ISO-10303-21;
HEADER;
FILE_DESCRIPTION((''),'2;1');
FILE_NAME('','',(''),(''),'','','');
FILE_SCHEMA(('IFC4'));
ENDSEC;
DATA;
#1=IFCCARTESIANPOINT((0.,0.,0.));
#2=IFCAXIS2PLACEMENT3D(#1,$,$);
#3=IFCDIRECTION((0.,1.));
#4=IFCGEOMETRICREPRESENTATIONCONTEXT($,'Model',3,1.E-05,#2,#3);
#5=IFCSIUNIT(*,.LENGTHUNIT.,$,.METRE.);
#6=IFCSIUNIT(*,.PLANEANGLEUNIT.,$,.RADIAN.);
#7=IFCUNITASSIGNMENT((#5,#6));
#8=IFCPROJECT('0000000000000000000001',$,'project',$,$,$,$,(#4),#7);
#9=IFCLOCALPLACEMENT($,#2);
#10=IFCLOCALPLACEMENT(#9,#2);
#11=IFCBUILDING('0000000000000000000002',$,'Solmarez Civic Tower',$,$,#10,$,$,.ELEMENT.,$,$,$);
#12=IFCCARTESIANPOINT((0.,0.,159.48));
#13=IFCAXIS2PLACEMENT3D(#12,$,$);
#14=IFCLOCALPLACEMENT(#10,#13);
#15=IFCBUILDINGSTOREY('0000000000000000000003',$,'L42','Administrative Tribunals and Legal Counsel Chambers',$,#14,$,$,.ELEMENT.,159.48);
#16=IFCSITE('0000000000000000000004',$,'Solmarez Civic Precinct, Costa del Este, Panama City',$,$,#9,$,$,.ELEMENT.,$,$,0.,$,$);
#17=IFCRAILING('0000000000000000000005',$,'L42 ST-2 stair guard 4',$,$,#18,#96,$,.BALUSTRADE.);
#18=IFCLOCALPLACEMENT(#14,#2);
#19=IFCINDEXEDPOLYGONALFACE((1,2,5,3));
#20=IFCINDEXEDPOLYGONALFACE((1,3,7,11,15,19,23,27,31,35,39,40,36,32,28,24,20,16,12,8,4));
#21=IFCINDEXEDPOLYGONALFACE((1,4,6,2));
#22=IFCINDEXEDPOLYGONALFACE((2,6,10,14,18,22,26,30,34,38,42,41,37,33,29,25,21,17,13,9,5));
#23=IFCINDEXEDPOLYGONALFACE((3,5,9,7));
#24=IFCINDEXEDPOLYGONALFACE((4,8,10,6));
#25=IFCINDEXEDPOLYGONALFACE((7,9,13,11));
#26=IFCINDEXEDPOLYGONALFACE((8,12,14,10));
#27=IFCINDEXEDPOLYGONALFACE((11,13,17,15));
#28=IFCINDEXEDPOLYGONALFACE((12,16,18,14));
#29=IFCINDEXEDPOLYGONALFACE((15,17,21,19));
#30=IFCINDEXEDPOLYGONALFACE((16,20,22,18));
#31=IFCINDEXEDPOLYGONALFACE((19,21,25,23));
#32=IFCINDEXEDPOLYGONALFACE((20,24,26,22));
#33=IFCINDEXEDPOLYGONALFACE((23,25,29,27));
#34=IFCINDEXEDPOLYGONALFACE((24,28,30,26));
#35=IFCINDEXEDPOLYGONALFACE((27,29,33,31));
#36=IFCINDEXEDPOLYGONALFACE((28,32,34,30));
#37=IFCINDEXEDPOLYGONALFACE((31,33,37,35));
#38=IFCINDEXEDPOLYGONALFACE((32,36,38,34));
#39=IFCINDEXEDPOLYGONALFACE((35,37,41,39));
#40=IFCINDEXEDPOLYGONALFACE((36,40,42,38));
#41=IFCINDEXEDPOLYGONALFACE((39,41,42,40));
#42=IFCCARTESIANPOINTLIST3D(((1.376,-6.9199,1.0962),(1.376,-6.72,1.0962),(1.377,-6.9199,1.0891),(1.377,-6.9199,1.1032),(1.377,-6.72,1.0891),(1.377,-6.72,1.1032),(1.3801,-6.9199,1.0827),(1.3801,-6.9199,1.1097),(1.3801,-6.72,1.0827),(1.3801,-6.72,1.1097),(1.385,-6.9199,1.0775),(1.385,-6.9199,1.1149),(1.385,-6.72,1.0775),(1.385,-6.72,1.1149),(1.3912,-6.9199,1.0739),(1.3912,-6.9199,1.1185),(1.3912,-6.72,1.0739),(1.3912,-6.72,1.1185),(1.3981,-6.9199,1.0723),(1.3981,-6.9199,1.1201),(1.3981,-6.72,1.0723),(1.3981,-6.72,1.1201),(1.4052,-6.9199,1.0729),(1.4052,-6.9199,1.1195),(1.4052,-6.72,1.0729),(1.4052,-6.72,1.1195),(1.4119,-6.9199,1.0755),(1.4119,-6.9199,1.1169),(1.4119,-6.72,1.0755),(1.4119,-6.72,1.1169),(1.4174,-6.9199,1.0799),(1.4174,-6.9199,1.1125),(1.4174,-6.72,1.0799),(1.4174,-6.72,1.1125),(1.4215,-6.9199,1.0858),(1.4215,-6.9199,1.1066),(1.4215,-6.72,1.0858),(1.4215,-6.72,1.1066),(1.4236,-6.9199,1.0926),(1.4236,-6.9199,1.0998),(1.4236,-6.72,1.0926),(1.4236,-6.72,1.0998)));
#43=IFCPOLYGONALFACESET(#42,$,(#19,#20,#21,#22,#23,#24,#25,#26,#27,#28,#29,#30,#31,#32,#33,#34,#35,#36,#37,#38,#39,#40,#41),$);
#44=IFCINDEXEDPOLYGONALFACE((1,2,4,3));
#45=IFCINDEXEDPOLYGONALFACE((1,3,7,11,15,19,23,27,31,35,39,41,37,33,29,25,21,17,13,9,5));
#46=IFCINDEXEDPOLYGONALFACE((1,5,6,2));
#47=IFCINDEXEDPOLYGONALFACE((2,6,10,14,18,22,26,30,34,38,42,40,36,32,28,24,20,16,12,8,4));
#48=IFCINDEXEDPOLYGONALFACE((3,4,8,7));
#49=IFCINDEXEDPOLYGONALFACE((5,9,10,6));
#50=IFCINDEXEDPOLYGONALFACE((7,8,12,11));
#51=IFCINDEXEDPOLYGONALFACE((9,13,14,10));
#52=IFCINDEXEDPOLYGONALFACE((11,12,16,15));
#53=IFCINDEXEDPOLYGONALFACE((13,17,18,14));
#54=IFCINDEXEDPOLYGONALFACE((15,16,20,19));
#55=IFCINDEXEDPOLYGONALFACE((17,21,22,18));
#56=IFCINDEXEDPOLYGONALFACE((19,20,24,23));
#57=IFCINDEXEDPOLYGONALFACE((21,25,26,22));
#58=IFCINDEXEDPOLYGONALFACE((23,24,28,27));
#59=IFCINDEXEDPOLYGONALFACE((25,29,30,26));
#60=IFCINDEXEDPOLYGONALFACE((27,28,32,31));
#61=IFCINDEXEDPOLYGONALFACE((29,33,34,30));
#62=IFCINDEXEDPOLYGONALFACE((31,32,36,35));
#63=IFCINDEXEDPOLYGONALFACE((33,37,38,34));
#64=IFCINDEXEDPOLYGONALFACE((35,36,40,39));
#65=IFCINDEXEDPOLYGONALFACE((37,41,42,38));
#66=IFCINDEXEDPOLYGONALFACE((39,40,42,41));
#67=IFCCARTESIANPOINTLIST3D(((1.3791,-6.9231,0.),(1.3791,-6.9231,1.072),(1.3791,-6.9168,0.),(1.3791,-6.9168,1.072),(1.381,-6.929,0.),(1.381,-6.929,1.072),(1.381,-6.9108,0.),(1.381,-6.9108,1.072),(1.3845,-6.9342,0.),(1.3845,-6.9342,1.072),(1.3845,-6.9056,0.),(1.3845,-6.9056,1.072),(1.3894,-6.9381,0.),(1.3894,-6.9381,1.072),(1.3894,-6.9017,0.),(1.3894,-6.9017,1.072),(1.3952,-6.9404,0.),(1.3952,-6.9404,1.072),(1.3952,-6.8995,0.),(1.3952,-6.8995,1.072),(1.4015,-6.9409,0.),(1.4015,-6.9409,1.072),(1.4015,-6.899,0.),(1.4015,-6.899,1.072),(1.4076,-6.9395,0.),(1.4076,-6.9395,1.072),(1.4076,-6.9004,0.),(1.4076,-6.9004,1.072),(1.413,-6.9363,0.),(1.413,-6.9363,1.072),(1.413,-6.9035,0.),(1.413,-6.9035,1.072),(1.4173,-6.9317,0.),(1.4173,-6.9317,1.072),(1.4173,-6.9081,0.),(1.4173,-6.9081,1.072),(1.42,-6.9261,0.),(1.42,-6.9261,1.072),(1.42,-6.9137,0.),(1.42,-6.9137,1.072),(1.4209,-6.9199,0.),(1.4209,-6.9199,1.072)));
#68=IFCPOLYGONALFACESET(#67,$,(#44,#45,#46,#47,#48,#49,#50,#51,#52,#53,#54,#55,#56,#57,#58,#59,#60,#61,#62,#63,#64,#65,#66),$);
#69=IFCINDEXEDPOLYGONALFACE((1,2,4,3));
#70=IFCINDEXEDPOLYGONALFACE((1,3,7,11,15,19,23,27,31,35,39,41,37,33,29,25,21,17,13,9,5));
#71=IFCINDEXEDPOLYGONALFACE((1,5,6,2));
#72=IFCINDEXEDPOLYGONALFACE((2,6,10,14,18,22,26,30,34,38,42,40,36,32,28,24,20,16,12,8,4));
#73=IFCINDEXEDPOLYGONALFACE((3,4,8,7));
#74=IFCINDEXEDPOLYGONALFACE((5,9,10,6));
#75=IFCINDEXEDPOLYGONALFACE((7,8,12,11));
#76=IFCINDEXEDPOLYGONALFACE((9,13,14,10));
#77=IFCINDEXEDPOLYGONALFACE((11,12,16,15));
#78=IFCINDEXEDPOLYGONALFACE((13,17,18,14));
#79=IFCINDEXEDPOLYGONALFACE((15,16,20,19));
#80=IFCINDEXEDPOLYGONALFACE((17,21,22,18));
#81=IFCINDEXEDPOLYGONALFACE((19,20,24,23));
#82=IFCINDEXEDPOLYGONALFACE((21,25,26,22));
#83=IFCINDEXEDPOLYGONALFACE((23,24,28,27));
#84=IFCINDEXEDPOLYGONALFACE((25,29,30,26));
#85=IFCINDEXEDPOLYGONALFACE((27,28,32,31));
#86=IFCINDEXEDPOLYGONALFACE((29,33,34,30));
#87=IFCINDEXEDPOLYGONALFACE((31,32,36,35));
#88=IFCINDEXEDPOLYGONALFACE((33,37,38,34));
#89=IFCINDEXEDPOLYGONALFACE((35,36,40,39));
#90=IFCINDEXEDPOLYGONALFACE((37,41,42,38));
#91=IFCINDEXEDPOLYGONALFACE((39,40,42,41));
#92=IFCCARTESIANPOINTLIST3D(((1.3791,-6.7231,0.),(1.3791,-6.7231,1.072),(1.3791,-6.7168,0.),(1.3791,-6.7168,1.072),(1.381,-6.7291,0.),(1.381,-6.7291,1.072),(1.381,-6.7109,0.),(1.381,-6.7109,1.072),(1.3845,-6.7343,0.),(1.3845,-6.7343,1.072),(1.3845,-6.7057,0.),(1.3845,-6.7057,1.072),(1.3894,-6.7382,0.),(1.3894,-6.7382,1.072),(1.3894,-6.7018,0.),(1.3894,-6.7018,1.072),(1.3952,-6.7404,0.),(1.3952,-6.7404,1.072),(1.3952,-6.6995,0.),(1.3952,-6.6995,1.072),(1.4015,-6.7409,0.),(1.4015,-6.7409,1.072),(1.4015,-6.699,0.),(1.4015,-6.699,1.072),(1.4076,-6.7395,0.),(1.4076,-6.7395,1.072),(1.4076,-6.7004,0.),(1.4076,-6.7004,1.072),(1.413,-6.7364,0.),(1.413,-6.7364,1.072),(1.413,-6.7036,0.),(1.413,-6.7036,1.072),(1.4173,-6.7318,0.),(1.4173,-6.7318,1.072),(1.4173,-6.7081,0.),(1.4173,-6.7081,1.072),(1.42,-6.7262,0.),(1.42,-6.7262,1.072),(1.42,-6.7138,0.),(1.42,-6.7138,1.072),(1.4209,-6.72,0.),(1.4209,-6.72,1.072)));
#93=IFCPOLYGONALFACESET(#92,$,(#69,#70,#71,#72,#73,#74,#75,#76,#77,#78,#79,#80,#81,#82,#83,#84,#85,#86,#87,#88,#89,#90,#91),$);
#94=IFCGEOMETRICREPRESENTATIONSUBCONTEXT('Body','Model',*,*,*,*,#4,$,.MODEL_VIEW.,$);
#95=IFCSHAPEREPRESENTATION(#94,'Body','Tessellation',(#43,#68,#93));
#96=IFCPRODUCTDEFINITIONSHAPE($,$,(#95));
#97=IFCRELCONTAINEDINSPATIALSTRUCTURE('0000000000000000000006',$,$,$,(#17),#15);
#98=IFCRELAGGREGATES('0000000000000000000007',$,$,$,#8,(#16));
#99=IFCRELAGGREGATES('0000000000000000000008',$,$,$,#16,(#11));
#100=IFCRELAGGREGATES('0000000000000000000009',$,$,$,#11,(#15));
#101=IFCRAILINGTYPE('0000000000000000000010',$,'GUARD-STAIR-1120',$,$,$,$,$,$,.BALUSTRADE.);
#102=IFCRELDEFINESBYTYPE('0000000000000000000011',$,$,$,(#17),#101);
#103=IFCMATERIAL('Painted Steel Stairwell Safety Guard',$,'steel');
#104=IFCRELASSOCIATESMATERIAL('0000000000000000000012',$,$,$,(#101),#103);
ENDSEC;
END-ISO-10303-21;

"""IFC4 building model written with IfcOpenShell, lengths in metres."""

from ifc_helpers import new_model, si_unit, direction, frame, origin, origin_2d, place, context, subcontext, project, spatial, circle, extrude, material, type_object, element, save


model = new_model("IFC4")

# Units and contexts
model_context = context("Model", 3, precision=1e-05, world=origin(), true_north=direction((0.0, 1.0)))
body_context = subcontext(model_context, "Body", "Model", "MODEL_VIEW")
ifc_project = project(units=[si_unit("LENGTHUNIT", "METRE"), si_unit("PLANEANGLEUNIT", "RADIAN")], contexts=[model_context])

# Site, building, storey
site_placement = place(None, origin())
site = spatial("IfcSite", under=ifc_project, at=site_placement, Name="Solmarez Civic Precinct, Costa del Este, Panama City", CompositionType="ELEMENT", RefElevation=0.0)
building_placement = place(site_placement, origin())
building = spatial("IfcBuilding", under=site, at=building_placement, Name="Solmarez Civic Tower", CompositionType="ELEMENT")
storey_placement = place(building_placement, frame((0.0, 0.0, 159.48)))
storey = spatial("IfcBuildingStorey", under=building, at=storey_placement, Name="L42", Description="Administrative Tribunals and Legal Counsel Chambers", CompositionType="ELEMENT", Elevation=159.48)

# Railing
ifc_material_1 = material(Name="Painted Steel Stairwell Safety Guard", Category="steel")
railing_type_1 = type_object("IfcRailingType", Name="GUARD-STAIR-1120", PredefinedType="BALUSTRADE", material=ifc_material_1)
railing_1_placement = place(storey_placement, frame((1.3999, -6.9199, 0.0)))
element("IfcRailing", 1, at=railing_1_placement, inside=storey, type_object=railing_type_1, Name="L42 ST-2 stair guard 4", PredefinedType="BALUSTRADE", context=body_context, shape_type="SweptSolid", body=[
    extrude(circle(Radius=0.0239, at=origin_2d()), frame((0.0, 0.0, 1.0962), z_axis=(0.0, 1.0, 0.0), x_axis=(-1.0, 0.0, 0.0)), (0.0, 0.0, 1.0), 0.2),
    extrude(circle(Radius=0.021, at=origin_2d()), origin(), (0.0, 0.0, 1.0), 1.072),
    extrude(circle(Radius=0.021, at=origin_2d()), frame((0.0, 0.2, 0.0)), (0.0, 0.0, 1.0), 1.072),
])

save(model, "model.ifc")
